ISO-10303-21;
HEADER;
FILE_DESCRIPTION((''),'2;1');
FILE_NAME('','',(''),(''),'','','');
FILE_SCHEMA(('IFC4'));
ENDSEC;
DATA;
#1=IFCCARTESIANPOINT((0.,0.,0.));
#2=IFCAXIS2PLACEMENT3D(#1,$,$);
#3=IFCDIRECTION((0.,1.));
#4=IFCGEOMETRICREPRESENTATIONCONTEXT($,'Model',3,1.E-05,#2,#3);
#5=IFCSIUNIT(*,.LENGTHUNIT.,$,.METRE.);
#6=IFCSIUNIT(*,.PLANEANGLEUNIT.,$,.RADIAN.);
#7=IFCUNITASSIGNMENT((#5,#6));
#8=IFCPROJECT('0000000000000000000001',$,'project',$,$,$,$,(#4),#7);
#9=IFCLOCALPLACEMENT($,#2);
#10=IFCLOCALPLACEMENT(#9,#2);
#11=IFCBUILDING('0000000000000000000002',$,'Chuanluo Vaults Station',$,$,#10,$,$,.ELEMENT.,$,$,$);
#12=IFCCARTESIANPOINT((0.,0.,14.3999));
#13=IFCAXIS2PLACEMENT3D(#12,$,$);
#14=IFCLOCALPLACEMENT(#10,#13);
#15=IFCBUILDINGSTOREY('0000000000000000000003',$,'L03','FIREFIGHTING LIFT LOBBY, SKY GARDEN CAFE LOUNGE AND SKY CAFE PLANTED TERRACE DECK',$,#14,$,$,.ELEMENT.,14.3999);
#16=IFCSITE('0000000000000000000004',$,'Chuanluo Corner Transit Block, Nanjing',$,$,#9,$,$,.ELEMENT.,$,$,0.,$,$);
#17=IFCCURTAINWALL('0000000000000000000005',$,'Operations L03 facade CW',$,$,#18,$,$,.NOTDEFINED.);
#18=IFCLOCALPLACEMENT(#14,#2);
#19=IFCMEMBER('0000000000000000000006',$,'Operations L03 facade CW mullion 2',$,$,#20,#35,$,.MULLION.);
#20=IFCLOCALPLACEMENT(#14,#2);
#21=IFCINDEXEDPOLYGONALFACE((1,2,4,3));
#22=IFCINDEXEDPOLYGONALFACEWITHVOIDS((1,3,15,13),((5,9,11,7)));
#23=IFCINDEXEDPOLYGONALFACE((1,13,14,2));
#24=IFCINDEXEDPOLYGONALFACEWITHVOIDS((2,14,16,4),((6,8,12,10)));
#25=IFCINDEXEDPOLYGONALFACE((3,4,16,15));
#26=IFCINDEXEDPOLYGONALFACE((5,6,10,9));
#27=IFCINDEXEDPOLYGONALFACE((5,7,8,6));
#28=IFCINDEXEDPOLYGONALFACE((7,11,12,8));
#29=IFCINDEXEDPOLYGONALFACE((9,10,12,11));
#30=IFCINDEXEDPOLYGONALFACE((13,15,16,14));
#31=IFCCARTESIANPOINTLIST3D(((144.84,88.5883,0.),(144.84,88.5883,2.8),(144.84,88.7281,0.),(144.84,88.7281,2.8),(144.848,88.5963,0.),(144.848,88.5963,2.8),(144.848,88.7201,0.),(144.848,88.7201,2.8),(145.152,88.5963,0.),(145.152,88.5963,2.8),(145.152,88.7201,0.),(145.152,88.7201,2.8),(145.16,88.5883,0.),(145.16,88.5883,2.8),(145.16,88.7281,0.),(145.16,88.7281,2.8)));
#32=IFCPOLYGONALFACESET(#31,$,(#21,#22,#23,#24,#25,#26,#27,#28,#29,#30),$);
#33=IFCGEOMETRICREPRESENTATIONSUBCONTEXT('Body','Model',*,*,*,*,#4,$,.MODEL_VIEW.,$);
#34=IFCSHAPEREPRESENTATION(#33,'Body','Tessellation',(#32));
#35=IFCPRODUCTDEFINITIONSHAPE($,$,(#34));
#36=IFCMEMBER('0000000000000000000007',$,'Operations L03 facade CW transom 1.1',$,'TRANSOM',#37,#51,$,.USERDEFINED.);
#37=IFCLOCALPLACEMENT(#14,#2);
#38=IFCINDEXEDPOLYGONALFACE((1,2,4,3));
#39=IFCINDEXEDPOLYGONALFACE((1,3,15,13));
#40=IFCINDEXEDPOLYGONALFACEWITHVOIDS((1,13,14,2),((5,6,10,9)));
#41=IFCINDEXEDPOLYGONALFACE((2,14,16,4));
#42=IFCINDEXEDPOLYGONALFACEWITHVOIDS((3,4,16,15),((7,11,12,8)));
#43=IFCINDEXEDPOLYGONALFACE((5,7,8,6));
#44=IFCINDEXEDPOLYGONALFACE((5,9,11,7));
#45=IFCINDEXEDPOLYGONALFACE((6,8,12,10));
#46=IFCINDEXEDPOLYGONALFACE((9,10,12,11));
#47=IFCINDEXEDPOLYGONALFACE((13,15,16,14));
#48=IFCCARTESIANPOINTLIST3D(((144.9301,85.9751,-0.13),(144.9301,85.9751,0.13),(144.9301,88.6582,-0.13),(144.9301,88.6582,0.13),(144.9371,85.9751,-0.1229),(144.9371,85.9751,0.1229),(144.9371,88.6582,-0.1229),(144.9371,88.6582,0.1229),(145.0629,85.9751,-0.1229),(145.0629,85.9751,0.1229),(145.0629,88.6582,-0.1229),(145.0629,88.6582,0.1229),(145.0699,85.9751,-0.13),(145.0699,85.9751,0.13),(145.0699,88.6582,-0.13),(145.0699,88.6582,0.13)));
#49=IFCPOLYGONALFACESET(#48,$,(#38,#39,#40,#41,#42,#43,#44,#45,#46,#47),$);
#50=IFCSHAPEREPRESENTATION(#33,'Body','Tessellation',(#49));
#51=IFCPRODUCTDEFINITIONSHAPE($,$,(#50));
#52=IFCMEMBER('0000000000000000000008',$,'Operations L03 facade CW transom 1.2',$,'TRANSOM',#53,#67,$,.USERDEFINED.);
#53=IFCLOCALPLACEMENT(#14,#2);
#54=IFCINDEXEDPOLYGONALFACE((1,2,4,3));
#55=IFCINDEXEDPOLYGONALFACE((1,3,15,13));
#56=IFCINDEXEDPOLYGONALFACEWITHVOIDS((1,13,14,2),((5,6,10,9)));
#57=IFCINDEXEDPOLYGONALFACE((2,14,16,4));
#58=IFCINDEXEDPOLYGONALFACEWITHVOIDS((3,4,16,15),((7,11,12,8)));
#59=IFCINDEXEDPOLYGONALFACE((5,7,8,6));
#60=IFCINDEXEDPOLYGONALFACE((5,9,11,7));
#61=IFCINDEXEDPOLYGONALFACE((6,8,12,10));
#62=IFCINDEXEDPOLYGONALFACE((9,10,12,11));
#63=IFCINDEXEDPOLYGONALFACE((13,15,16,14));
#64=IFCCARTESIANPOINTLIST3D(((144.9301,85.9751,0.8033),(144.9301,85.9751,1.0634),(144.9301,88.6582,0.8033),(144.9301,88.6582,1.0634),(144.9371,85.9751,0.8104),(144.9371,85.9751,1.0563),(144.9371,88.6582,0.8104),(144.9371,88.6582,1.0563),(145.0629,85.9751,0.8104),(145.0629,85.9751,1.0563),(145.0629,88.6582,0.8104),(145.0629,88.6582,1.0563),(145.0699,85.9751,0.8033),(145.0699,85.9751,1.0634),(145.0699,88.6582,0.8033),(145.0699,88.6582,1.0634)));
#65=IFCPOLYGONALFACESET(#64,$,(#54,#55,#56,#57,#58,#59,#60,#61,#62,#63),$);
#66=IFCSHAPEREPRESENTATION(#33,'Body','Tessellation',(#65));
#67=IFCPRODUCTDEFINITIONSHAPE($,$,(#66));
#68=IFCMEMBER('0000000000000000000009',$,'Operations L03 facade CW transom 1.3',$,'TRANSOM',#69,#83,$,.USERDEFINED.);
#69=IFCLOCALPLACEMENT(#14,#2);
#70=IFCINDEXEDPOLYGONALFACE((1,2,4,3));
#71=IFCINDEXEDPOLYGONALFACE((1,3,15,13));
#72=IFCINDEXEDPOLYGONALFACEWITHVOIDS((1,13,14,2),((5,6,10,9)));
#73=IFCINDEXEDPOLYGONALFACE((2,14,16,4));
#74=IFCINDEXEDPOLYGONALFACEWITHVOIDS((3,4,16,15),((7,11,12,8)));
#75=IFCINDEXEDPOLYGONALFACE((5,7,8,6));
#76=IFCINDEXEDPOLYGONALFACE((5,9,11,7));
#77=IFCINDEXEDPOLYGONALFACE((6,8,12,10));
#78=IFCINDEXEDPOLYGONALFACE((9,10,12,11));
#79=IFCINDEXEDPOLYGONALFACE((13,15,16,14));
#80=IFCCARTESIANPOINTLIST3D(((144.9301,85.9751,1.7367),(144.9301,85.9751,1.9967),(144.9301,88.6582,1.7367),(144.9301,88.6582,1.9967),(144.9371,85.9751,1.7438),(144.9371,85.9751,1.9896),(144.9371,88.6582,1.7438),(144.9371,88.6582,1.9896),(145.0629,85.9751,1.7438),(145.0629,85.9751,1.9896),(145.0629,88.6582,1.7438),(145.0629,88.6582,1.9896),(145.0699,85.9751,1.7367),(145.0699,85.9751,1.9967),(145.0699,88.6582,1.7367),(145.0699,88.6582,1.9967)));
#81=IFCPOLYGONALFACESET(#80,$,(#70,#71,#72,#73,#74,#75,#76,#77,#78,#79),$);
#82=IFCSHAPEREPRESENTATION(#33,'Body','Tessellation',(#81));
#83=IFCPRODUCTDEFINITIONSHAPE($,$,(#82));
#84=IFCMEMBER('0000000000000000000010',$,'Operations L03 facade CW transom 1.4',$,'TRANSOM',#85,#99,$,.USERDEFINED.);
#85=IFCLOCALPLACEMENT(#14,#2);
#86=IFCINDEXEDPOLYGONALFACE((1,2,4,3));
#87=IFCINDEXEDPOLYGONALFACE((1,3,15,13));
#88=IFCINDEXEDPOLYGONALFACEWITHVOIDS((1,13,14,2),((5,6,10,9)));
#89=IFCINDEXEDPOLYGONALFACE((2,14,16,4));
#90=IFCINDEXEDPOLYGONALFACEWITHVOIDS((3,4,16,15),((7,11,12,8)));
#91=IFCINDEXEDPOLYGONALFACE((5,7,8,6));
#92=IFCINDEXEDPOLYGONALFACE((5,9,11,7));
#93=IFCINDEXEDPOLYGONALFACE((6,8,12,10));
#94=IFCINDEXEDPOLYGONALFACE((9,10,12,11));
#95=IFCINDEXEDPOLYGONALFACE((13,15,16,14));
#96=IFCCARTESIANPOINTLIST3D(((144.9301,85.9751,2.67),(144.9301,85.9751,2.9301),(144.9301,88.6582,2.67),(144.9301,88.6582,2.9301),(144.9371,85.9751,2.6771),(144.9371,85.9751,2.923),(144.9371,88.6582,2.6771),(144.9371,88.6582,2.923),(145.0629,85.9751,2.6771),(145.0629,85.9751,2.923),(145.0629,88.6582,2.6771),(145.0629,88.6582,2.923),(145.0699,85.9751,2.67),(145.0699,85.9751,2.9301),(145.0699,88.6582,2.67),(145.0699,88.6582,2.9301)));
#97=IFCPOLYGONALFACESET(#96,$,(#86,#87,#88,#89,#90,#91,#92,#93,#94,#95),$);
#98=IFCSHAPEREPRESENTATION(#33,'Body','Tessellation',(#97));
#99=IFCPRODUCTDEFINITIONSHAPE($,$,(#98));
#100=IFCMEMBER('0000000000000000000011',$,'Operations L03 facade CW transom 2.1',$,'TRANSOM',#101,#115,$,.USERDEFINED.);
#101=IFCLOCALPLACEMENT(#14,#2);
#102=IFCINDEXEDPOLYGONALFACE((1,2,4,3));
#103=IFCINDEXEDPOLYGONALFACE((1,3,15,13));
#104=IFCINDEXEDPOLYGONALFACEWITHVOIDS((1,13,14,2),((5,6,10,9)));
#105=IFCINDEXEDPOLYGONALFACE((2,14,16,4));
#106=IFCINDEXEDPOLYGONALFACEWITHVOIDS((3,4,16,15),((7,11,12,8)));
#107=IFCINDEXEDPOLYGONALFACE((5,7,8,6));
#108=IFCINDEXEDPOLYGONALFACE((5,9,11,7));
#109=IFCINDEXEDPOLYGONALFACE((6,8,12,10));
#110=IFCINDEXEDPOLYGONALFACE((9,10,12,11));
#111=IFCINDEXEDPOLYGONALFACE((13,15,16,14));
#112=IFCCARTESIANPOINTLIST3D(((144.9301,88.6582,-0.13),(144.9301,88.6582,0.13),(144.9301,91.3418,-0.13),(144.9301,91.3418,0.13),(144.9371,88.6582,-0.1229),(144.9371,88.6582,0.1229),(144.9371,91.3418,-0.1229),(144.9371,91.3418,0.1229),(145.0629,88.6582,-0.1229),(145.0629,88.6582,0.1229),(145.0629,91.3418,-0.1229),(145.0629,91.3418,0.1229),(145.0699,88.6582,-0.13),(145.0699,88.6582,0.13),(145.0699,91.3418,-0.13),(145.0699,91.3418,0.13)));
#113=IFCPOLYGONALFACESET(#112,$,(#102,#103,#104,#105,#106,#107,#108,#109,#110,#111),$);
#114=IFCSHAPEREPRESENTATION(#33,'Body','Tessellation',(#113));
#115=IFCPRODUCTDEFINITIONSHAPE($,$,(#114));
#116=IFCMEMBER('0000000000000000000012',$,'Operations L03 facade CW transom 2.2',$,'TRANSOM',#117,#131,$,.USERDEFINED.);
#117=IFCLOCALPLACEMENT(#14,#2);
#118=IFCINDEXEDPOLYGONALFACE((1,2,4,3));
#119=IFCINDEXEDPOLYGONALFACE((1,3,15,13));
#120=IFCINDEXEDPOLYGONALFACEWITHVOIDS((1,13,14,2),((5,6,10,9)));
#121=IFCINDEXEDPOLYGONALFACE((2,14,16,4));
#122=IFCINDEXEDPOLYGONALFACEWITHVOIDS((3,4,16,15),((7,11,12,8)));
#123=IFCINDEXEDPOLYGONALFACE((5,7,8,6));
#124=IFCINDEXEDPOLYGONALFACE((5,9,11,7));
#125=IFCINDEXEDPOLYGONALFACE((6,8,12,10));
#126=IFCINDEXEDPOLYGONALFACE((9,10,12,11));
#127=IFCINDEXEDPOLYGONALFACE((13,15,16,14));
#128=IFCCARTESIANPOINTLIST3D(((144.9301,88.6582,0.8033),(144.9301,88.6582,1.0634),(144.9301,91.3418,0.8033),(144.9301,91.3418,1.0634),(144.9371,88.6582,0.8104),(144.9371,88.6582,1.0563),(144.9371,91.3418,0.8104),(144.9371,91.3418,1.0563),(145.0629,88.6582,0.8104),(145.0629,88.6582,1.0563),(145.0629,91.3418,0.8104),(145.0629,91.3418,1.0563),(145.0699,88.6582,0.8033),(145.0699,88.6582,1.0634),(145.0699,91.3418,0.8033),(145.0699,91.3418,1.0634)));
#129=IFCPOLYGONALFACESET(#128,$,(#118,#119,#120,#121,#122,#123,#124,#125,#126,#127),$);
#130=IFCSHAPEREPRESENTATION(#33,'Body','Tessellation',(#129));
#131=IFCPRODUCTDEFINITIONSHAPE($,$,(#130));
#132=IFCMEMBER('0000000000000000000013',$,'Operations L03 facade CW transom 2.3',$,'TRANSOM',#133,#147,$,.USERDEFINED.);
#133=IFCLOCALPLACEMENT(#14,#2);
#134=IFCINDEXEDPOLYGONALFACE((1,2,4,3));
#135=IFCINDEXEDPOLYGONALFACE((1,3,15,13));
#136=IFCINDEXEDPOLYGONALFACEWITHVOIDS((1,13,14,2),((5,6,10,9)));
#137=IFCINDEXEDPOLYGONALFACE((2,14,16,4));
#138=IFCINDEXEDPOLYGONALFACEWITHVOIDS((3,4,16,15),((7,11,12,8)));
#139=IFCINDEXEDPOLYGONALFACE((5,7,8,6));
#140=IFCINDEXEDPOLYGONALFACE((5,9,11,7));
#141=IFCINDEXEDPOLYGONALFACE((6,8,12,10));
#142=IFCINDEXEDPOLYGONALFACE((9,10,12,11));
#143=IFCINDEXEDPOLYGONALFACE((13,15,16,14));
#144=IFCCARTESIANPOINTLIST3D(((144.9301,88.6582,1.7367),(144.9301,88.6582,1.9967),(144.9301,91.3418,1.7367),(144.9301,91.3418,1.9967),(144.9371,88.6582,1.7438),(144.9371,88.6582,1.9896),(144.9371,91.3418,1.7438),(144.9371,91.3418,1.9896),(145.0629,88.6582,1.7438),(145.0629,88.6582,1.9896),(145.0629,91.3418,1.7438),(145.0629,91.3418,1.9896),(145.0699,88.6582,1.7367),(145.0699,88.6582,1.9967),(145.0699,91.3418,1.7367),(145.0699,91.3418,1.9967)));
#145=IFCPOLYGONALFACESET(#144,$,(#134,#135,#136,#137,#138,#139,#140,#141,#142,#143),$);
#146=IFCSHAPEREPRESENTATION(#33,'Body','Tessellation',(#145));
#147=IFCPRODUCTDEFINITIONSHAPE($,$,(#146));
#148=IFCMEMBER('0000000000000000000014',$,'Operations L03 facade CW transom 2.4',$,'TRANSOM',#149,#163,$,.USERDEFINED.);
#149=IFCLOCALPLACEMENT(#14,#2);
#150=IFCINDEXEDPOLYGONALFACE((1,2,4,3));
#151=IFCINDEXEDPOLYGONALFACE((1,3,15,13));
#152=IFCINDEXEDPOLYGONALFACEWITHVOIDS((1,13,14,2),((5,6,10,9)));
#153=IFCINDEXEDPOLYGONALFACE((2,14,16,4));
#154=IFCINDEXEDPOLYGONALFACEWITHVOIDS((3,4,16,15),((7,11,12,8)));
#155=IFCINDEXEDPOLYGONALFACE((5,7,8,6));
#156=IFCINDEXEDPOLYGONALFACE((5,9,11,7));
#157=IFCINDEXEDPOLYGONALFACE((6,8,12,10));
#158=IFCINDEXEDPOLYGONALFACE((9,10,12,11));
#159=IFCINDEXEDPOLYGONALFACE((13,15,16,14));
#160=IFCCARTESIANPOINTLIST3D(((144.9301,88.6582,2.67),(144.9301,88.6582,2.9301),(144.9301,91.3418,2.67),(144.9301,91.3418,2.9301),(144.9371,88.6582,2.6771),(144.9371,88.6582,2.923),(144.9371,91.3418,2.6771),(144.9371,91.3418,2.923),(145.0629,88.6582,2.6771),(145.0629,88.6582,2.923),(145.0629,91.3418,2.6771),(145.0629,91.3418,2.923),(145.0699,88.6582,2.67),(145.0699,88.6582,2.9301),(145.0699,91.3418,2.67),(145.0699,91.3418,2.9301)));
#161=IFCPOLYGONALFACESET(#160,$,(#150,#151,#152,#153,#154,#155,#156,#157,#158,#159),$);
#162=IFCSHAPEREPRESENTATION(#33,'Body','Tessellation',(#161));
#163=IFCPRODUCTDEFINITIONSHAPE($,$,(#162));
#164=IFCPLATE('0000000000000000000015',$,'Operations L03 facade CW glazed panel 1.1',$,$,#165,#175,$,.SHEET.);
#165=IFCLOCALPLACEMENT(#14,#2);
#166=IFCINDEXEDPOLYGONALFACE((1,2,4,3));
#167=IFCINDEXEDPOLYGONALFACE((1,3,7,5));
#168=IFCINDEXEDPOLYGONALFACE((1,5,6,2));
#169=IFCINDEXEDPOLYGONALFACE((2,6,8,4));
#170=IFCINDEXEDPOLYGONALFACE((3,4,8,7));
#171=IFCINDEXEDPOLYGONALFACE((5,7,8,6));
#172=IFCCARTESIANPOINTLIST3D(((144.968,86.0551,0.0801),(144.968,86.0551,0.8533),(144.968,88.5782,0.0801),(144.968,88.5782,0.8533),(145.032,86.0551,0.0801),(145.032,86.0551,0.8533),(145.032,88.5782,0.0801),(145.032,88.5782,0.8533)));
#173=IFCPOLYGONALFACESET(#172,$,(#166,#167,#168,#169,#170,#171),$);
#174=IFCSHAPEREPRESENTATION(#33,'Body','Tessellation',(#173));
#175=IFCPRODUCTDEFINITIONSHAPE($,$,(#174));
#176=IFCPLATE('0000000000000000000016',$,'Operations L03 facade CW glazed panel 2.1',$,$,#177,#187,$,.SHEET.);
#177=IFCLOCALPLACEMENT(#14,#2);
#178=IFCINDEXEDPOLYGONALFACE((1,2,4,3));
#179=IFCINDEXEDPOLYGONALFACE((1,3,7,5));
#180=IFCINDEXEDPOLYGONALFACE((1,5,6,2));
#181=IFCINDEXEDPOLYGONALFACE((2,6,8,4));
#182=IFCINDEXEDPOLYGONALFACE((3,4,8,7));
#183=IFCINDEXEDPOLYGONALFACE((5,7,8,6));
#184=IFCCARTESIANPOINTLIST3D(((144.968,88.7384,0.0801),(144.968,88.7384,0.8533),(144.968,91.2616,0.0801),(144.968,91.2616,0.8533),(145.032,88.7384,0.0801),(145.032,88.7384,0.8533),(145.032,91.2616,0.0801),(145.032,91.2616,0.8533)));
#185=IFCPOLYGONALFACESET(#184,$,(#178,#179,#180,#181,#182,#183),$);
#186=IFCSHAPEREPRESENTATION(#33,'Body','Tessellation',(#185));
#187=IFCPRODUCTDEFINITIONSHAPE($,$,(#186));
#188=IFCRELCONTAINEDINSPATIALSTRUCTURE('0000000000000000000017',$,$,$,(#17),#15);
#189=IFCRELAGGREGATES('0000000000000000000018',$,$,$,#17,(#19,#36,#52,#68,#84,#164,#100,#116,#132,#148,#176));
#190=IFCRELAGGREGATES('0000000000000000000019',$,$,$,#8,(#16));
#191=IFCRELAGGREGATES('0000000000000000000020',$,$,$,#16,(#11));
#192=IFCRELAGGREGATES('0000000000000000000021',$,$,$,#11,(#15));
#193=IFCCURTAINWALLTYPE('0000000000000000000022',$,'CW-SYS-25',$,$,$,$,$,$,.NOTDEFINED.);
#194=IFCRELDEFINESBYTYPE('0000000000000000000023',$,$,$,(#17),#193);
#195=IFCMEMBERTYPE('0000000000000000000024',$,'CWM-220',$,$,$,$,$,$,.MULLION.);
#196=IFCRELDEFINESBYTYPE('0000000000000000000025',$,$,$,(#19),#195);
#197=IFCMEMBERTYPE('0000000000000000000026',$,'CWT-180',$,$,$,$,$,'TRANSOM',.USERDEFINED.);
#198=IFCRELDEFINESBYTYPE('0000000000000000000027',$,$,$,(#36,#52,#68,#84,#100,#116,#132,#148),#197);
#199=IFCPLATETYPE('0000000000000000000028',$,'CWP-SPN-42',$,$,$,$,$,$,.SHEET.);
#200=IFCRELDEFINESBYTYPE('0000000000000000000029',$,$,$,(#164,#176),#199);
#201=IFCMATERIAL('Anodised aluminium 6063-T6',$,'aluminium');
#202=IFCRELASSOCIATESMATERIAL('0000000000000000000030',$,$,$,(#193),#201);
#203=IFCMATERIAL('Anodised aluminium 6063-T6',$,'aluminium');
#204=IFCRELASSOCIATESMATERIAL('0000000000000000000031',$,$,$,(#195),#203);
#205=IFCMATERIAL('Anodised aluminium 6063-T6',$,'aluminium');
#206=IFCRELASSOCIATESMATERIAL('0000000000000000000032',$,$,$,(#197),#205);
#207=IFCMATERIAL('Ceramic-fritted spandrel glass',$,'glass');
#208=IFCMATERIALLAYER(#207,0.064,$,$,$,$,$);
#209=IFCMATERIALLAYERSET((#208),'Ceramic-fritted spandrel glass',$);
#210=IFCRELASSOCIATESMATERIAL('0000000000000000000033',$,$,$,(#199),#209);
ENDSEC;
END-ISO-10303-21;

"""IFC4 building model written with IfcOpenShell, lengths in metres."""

from ifc_helpers import new_model, si_unit, direction, frame, origin, origin_2d, place, context, subcontext, project, spatial, rectangle, hollow_rectangle, extrude, material, layer, layer_set, material_profile, profile_set, type_object, element, aggregate, save


model = new_model("IFC4")

# Units and contexts
model_context = context("Model", 3, precision=1e-05, world=origin(), true_north=direction((0.0, 1.0)))
body_context = subcontext(model_context, "Body", "Model", "MODEL_VIEW")
ifc_project = project(units=[si_unit("LENGTHUNIT", "METRE"), si_unit("PLANEANGLEUNIT", "RADIAN")], contexts=[model_context])

# Site, building, storey
site_placement = place(None, origin())
site = spatial("IfcSite", under=ifc_project, at=site_placement, Name="Chuanluo Corner Transit Block, Nanjing", CompositionType="ELEMENT", RefElevation=0.0)
building_placement = place(site_placement, origin())
building = spatial("IfcBuilding", under=site, at=building_placement, Name="Chuanluo Vaults Station", CompositionType="ELEMENT")
storey_placement = place(building_placement, frame((0.0, 0.0, 14.3999)))
storey = spatial("IfcBuildingStorey", under=building, at=storey_placement, Name="L03", Description="FIREFIGHTING LIFT LOBBY, SKY GARDEN CAFE LOUNGE AND SKY CAFE PLANTED TERRACE DECK", CompositionType="ELEMENT", Elevation=14.3999)

# Curtain wall, members, plates
ifc_material_1 = material(Name="Anodised aluminium 6063-T6", Category="aluminium")
curtain_wall_type_1 = type_object("IfcCurtainWallType", Name="CW-SYS-25", PredefinedType="NOTDEFINED", material=ifc_material_1)
curtain_wall_1_placement = place(storey_placement, origin())
curtain_wall_1 = element("IfcCurtainWall", 1, at=curtain_wall_1_placement, inside=storey, type_object=curtain_wall_type_1, Name="Operations L03 facade CW", PredefinedType="NOTDEFINED")
ifc_material_2 = material(Name="Anodised aluminium 6063-T6", Category="aluminium")
ifc_material_profile_1 = material_profile(ifc_material_2, hollow_rectangle(XDim=0.1399, YDim=0.3201, WallThickness=0.0081, at=origin_2d()))
ifc_profile_set_1 = profile_set([ifc_material_profile_1], Name="Anodised aluminium 6063-T6")
member_type_1 = type_object("IfcMemberType", Name="CWM-220", PredefinedType="MULLION", material=ifc_profile_set_1)
member_1_placement = place(storey_placement, frame((145.0, 88.6582, 0.0), z_axis=(0.0, 0.0, 1.0), x_axis=(0.0, 1.0, 0.0)))
member_1 = element("IfcMember", 2, at=member_1_placement, type_object=member_type_1, Name="Operations L03 facade CW mullion 2", PredefinedType="MULLION", context=body_context, shape_type="SweptSolid", body=[
    extrude(hollow_rectangle(XDim=0.1399, YDim=0.3201, WallThickness=0.0081, at=origin_2d()), origin(), (0.0, 0.0, 1.0), 2.8),
])
ifc_material_3 = material(Name="Anodised aluminium 6063-T6", Category="aluminium")
ifc_material_profile_2 = material_profile(ifc_material_3, hollow_rectangle(XDim=0.1399, YDim=0.26, WallThickness=0.0071, at=origin_2d()))
ifc_profile_set_2 = profile_set([ifc_material_profile_2], Name="Anodised aluminium 6063-T6")
member_type_2 = type_object("IfcMemberType", Name="CWT-180", ElementType="TRANSOM", PredefinedType="USERDEFINED", material=ifc_profile_set_2)
member_2_placement = place(storey_placement, frame((145.0, 85.9751, 0.0), z_axis=(0.0, 1.0, 0.0), x_axis=(-1.0, 0.0, 0.0)))
member_2 = element("IfcMember", 3, at=member_2_placement, type_object=member_type_2, Name="Operations L03 facade CW transom 1.1", ObjectType="TRANSOM", PredefinedType="USERDEFINED", context=body_context, shape_type="SweptSolid", body=[
    extrude(hollow_rectangle(XDim=0.1399, YDim=0.26, WallThickness=0.0071, at=origin_2d()), origin(), (0.0, 0.0, 1.0), 2.6831),
])
member_3_placement = place(storey_placement, frame((145.0, 85.9751, 0.9333), z_axis=(0.0, 1.0, 0.0), x_axis=(-1.0, 0.0, 0.0)))
member_3 = element("IfcMember", 4, at=member_3_placement, type_object=member_type_2, Name="Operations L03 facade CW transom 1.2", ObjectType="TRANSOM", PredefinedType="USERDEFINED", context=body_context, shape_type="SweptSolid", body=[
    extrude(hollow_rectangle(XDim=0.1399, YDim=0.26, WallThickness=0.0071, at=origin_2d()), origin(), (0.0, 0.0, 1.0), 2.6831),
])
member_4_placement = place(storey_placement, frame((145.0, 85.9751, 1.8667), z_axis=(0.0, 1.0, 0.0), x_axis=(-1.0, 0.0, 0.0)))
member_4 = element("IfcMember", 5, at=member_4_placement, type_object=member_type_2, Name="Operations L03 facade CW transom 1.3", ObjectType="TRANSOM", PredefinedType="USERDEFINED", context=body_context, shape_type="SweptSolid", body=[
    extrude(hollow_rectangle(XDim=0.1399, YDim=0.26, WallThickness=0.0071, at=origin_2d()), origin(), (0.0, 0.0, 1.0), 2.6831),
])
member_5_placement = place(storey_placement, frame((145.0, 85.9751, 2.8), z_axis=(0.0, 1.0, 0.0), x_axis=(-1.0, 0.0, 0.0)))
member_5 = element("IfcMember", 6, at=member_5_placement, type_object=member_type_2, Name="Operations L03 facade CW transom 1.4", ObjectType="TRANSOM", PredefinedType="USERDEFINED", context=body_context, shape_type="SweptSolid", body=[
    extrude(hollow_rectangle(XDim=0.1399, YDim=0.26, WallThickness=0.0071, at=origin_2d()), origin(), (0.0, 0.0, 1.0), 2.6831),
])
member_6_placement = place(storey_placement, frame((145.0, 88.6582, 0.0), z_axis=(0.0, 1.0, 0.0), x_axis=(-1.0, 0.0, 0.0)))
member_6 = element("IfcMember", 7, at=member_6_placement, type_object=member_type_2, Name="Operations L03 facade CW transom 2.1", ObjectType="TRANSOM", PredefinedType="USERDEFINED", context=body_context, shape_type="SweptSolid", body=[
    extrude(hollow_rectangle(XDim=0.1399, YDim=0.26, WallThickness=0.0071, at=origin_2d()), origin(), (0.0, 0.0, 1.0), 2.6836),
])
member_7_placement = place(storey_placement, frame((145.0, 88.6582, 0.9333), z_axis=(0.0, 1.0, 0.0), x_axis=(-1.0, 0.0, 0.0)))
member_7 = element("IfcMember", 8, at=member_7_placement, type_object=member_type_2, Name="Operations L03 facade CW transom 2.2", ObjectType="TRANSOM", PredefinedType="USERDEFINED", context=body_context, shape_type="SweptSolid", body=[
    extrude(hollow_rectangle(XDim=0.1399, YDim=0.26, WallThickness=0.0071, at=origin_2d()), origin(), (0.0, 0.0, 1.0), 2.6836),
])
member_8_placement = place(storey_placement, frame((145.0, 88.6582, 1.8667), z_axis=(0.0, 1.0, 0.0), x_axis=(-1.0, 0.0, 0.0)))
member_8 = element("IfcMember", 9, at=member_8_placement, type_object=member_type_2, Name="Operations L03 facade CW transom 2.3", ObjectType="TRANSOM", PredefinedType="USERDEFINED", context=body_context, shape_type="SweptSolid", body=[
    extrude(hollow_rectangle(XDim=0.1399, YDim=0.26, WallThickness=0.0071, at=origin_2d()), origin(), (0.0, 0.0, 1.0), 2.6836),
])
member_9_placement = place(storey_placement, frame((145.0, 88.6582, 2.8), z_axis=(0.0, 1.0, 0.0), x_axis=(-1.0, 0.0, 0.0)))
member_9 = element("IfcMember", 10, at=member_9_placement, type_object=member_type_2, Name="Operations L03 facade CW transom 2.4", ObjectType="TRANSOM", PredefinedType="USERDEFINED", context=body_context, shape_type="SweptSolid", body=[
    extrude(hollow_rectangle(XDim=0.1399, YDim=0.26, WallThickness=0.0071, at=origin_2d()), origin(), (0.0, 0.0, 1.0), 2.6836),
])
ifc_material_4 = material(Name="Ceramic-fritted spandrel glass", Category="glass")
ifc_layer_1 = layer(ifc_material_4, 0.064)
ifc_layer_set_1 = layer_set([ifc_layer_1], Name="Ceramic-fritted spandrel glass")
plate_type_1 = type_object("IfcPlateType", Name="CWP-SPN-42", PredefinedType="SHEET", material=ifc_layer_set_1)
plate_1_placement = place(storey_placement, frame((145.0, 87.3167, 0.0801), z_axis=(0.0, 0.0, 1.0), x_axis=(0.0, 1.0, 0.0)))
plate_1 = element("IfcPlate", 11, at=plate_1_placement, type_object=plate_type_1, Name="Operations L03 facade CW glazed panel 1.1", PredefinedType="SHEET", context=body_context, shape_type="SweptSolid", body=[
    extrude(rectangle(XDim=2.5232, YDim=0.064, at=origin_2d()), origin(), (0.0, 0.0, 1.0), 0.7732),
])
plate_2_placement = place(storey_placement, frame((145.0, 90.0, 0.0801), z_axis=(0.0, 0.0, 1.0), x_axis=(0.0, 1.0, 0.0)))
plate_2 = element("IfcPlate", 12, at=plate_2_placement, type_object=plate_type_1, Name="Operations L03 facade CW glazed panel 2.1", PredefinedType="SHEET", context=body_context, shape_type="SweptSolid", body=[
    extrude(rectangle(XDim=2.5232, YDim=0.064, at=origin_2d()), origin(), (0.0, 0.0, 1.0), 0.7732),
])

aggregate(curtain_wall_1, [member_1, member_2, member_3, member_4, member_5, plate_1, member_6, member_7, member_8, member_9, plate_2])

save(model, "model.ifc")
